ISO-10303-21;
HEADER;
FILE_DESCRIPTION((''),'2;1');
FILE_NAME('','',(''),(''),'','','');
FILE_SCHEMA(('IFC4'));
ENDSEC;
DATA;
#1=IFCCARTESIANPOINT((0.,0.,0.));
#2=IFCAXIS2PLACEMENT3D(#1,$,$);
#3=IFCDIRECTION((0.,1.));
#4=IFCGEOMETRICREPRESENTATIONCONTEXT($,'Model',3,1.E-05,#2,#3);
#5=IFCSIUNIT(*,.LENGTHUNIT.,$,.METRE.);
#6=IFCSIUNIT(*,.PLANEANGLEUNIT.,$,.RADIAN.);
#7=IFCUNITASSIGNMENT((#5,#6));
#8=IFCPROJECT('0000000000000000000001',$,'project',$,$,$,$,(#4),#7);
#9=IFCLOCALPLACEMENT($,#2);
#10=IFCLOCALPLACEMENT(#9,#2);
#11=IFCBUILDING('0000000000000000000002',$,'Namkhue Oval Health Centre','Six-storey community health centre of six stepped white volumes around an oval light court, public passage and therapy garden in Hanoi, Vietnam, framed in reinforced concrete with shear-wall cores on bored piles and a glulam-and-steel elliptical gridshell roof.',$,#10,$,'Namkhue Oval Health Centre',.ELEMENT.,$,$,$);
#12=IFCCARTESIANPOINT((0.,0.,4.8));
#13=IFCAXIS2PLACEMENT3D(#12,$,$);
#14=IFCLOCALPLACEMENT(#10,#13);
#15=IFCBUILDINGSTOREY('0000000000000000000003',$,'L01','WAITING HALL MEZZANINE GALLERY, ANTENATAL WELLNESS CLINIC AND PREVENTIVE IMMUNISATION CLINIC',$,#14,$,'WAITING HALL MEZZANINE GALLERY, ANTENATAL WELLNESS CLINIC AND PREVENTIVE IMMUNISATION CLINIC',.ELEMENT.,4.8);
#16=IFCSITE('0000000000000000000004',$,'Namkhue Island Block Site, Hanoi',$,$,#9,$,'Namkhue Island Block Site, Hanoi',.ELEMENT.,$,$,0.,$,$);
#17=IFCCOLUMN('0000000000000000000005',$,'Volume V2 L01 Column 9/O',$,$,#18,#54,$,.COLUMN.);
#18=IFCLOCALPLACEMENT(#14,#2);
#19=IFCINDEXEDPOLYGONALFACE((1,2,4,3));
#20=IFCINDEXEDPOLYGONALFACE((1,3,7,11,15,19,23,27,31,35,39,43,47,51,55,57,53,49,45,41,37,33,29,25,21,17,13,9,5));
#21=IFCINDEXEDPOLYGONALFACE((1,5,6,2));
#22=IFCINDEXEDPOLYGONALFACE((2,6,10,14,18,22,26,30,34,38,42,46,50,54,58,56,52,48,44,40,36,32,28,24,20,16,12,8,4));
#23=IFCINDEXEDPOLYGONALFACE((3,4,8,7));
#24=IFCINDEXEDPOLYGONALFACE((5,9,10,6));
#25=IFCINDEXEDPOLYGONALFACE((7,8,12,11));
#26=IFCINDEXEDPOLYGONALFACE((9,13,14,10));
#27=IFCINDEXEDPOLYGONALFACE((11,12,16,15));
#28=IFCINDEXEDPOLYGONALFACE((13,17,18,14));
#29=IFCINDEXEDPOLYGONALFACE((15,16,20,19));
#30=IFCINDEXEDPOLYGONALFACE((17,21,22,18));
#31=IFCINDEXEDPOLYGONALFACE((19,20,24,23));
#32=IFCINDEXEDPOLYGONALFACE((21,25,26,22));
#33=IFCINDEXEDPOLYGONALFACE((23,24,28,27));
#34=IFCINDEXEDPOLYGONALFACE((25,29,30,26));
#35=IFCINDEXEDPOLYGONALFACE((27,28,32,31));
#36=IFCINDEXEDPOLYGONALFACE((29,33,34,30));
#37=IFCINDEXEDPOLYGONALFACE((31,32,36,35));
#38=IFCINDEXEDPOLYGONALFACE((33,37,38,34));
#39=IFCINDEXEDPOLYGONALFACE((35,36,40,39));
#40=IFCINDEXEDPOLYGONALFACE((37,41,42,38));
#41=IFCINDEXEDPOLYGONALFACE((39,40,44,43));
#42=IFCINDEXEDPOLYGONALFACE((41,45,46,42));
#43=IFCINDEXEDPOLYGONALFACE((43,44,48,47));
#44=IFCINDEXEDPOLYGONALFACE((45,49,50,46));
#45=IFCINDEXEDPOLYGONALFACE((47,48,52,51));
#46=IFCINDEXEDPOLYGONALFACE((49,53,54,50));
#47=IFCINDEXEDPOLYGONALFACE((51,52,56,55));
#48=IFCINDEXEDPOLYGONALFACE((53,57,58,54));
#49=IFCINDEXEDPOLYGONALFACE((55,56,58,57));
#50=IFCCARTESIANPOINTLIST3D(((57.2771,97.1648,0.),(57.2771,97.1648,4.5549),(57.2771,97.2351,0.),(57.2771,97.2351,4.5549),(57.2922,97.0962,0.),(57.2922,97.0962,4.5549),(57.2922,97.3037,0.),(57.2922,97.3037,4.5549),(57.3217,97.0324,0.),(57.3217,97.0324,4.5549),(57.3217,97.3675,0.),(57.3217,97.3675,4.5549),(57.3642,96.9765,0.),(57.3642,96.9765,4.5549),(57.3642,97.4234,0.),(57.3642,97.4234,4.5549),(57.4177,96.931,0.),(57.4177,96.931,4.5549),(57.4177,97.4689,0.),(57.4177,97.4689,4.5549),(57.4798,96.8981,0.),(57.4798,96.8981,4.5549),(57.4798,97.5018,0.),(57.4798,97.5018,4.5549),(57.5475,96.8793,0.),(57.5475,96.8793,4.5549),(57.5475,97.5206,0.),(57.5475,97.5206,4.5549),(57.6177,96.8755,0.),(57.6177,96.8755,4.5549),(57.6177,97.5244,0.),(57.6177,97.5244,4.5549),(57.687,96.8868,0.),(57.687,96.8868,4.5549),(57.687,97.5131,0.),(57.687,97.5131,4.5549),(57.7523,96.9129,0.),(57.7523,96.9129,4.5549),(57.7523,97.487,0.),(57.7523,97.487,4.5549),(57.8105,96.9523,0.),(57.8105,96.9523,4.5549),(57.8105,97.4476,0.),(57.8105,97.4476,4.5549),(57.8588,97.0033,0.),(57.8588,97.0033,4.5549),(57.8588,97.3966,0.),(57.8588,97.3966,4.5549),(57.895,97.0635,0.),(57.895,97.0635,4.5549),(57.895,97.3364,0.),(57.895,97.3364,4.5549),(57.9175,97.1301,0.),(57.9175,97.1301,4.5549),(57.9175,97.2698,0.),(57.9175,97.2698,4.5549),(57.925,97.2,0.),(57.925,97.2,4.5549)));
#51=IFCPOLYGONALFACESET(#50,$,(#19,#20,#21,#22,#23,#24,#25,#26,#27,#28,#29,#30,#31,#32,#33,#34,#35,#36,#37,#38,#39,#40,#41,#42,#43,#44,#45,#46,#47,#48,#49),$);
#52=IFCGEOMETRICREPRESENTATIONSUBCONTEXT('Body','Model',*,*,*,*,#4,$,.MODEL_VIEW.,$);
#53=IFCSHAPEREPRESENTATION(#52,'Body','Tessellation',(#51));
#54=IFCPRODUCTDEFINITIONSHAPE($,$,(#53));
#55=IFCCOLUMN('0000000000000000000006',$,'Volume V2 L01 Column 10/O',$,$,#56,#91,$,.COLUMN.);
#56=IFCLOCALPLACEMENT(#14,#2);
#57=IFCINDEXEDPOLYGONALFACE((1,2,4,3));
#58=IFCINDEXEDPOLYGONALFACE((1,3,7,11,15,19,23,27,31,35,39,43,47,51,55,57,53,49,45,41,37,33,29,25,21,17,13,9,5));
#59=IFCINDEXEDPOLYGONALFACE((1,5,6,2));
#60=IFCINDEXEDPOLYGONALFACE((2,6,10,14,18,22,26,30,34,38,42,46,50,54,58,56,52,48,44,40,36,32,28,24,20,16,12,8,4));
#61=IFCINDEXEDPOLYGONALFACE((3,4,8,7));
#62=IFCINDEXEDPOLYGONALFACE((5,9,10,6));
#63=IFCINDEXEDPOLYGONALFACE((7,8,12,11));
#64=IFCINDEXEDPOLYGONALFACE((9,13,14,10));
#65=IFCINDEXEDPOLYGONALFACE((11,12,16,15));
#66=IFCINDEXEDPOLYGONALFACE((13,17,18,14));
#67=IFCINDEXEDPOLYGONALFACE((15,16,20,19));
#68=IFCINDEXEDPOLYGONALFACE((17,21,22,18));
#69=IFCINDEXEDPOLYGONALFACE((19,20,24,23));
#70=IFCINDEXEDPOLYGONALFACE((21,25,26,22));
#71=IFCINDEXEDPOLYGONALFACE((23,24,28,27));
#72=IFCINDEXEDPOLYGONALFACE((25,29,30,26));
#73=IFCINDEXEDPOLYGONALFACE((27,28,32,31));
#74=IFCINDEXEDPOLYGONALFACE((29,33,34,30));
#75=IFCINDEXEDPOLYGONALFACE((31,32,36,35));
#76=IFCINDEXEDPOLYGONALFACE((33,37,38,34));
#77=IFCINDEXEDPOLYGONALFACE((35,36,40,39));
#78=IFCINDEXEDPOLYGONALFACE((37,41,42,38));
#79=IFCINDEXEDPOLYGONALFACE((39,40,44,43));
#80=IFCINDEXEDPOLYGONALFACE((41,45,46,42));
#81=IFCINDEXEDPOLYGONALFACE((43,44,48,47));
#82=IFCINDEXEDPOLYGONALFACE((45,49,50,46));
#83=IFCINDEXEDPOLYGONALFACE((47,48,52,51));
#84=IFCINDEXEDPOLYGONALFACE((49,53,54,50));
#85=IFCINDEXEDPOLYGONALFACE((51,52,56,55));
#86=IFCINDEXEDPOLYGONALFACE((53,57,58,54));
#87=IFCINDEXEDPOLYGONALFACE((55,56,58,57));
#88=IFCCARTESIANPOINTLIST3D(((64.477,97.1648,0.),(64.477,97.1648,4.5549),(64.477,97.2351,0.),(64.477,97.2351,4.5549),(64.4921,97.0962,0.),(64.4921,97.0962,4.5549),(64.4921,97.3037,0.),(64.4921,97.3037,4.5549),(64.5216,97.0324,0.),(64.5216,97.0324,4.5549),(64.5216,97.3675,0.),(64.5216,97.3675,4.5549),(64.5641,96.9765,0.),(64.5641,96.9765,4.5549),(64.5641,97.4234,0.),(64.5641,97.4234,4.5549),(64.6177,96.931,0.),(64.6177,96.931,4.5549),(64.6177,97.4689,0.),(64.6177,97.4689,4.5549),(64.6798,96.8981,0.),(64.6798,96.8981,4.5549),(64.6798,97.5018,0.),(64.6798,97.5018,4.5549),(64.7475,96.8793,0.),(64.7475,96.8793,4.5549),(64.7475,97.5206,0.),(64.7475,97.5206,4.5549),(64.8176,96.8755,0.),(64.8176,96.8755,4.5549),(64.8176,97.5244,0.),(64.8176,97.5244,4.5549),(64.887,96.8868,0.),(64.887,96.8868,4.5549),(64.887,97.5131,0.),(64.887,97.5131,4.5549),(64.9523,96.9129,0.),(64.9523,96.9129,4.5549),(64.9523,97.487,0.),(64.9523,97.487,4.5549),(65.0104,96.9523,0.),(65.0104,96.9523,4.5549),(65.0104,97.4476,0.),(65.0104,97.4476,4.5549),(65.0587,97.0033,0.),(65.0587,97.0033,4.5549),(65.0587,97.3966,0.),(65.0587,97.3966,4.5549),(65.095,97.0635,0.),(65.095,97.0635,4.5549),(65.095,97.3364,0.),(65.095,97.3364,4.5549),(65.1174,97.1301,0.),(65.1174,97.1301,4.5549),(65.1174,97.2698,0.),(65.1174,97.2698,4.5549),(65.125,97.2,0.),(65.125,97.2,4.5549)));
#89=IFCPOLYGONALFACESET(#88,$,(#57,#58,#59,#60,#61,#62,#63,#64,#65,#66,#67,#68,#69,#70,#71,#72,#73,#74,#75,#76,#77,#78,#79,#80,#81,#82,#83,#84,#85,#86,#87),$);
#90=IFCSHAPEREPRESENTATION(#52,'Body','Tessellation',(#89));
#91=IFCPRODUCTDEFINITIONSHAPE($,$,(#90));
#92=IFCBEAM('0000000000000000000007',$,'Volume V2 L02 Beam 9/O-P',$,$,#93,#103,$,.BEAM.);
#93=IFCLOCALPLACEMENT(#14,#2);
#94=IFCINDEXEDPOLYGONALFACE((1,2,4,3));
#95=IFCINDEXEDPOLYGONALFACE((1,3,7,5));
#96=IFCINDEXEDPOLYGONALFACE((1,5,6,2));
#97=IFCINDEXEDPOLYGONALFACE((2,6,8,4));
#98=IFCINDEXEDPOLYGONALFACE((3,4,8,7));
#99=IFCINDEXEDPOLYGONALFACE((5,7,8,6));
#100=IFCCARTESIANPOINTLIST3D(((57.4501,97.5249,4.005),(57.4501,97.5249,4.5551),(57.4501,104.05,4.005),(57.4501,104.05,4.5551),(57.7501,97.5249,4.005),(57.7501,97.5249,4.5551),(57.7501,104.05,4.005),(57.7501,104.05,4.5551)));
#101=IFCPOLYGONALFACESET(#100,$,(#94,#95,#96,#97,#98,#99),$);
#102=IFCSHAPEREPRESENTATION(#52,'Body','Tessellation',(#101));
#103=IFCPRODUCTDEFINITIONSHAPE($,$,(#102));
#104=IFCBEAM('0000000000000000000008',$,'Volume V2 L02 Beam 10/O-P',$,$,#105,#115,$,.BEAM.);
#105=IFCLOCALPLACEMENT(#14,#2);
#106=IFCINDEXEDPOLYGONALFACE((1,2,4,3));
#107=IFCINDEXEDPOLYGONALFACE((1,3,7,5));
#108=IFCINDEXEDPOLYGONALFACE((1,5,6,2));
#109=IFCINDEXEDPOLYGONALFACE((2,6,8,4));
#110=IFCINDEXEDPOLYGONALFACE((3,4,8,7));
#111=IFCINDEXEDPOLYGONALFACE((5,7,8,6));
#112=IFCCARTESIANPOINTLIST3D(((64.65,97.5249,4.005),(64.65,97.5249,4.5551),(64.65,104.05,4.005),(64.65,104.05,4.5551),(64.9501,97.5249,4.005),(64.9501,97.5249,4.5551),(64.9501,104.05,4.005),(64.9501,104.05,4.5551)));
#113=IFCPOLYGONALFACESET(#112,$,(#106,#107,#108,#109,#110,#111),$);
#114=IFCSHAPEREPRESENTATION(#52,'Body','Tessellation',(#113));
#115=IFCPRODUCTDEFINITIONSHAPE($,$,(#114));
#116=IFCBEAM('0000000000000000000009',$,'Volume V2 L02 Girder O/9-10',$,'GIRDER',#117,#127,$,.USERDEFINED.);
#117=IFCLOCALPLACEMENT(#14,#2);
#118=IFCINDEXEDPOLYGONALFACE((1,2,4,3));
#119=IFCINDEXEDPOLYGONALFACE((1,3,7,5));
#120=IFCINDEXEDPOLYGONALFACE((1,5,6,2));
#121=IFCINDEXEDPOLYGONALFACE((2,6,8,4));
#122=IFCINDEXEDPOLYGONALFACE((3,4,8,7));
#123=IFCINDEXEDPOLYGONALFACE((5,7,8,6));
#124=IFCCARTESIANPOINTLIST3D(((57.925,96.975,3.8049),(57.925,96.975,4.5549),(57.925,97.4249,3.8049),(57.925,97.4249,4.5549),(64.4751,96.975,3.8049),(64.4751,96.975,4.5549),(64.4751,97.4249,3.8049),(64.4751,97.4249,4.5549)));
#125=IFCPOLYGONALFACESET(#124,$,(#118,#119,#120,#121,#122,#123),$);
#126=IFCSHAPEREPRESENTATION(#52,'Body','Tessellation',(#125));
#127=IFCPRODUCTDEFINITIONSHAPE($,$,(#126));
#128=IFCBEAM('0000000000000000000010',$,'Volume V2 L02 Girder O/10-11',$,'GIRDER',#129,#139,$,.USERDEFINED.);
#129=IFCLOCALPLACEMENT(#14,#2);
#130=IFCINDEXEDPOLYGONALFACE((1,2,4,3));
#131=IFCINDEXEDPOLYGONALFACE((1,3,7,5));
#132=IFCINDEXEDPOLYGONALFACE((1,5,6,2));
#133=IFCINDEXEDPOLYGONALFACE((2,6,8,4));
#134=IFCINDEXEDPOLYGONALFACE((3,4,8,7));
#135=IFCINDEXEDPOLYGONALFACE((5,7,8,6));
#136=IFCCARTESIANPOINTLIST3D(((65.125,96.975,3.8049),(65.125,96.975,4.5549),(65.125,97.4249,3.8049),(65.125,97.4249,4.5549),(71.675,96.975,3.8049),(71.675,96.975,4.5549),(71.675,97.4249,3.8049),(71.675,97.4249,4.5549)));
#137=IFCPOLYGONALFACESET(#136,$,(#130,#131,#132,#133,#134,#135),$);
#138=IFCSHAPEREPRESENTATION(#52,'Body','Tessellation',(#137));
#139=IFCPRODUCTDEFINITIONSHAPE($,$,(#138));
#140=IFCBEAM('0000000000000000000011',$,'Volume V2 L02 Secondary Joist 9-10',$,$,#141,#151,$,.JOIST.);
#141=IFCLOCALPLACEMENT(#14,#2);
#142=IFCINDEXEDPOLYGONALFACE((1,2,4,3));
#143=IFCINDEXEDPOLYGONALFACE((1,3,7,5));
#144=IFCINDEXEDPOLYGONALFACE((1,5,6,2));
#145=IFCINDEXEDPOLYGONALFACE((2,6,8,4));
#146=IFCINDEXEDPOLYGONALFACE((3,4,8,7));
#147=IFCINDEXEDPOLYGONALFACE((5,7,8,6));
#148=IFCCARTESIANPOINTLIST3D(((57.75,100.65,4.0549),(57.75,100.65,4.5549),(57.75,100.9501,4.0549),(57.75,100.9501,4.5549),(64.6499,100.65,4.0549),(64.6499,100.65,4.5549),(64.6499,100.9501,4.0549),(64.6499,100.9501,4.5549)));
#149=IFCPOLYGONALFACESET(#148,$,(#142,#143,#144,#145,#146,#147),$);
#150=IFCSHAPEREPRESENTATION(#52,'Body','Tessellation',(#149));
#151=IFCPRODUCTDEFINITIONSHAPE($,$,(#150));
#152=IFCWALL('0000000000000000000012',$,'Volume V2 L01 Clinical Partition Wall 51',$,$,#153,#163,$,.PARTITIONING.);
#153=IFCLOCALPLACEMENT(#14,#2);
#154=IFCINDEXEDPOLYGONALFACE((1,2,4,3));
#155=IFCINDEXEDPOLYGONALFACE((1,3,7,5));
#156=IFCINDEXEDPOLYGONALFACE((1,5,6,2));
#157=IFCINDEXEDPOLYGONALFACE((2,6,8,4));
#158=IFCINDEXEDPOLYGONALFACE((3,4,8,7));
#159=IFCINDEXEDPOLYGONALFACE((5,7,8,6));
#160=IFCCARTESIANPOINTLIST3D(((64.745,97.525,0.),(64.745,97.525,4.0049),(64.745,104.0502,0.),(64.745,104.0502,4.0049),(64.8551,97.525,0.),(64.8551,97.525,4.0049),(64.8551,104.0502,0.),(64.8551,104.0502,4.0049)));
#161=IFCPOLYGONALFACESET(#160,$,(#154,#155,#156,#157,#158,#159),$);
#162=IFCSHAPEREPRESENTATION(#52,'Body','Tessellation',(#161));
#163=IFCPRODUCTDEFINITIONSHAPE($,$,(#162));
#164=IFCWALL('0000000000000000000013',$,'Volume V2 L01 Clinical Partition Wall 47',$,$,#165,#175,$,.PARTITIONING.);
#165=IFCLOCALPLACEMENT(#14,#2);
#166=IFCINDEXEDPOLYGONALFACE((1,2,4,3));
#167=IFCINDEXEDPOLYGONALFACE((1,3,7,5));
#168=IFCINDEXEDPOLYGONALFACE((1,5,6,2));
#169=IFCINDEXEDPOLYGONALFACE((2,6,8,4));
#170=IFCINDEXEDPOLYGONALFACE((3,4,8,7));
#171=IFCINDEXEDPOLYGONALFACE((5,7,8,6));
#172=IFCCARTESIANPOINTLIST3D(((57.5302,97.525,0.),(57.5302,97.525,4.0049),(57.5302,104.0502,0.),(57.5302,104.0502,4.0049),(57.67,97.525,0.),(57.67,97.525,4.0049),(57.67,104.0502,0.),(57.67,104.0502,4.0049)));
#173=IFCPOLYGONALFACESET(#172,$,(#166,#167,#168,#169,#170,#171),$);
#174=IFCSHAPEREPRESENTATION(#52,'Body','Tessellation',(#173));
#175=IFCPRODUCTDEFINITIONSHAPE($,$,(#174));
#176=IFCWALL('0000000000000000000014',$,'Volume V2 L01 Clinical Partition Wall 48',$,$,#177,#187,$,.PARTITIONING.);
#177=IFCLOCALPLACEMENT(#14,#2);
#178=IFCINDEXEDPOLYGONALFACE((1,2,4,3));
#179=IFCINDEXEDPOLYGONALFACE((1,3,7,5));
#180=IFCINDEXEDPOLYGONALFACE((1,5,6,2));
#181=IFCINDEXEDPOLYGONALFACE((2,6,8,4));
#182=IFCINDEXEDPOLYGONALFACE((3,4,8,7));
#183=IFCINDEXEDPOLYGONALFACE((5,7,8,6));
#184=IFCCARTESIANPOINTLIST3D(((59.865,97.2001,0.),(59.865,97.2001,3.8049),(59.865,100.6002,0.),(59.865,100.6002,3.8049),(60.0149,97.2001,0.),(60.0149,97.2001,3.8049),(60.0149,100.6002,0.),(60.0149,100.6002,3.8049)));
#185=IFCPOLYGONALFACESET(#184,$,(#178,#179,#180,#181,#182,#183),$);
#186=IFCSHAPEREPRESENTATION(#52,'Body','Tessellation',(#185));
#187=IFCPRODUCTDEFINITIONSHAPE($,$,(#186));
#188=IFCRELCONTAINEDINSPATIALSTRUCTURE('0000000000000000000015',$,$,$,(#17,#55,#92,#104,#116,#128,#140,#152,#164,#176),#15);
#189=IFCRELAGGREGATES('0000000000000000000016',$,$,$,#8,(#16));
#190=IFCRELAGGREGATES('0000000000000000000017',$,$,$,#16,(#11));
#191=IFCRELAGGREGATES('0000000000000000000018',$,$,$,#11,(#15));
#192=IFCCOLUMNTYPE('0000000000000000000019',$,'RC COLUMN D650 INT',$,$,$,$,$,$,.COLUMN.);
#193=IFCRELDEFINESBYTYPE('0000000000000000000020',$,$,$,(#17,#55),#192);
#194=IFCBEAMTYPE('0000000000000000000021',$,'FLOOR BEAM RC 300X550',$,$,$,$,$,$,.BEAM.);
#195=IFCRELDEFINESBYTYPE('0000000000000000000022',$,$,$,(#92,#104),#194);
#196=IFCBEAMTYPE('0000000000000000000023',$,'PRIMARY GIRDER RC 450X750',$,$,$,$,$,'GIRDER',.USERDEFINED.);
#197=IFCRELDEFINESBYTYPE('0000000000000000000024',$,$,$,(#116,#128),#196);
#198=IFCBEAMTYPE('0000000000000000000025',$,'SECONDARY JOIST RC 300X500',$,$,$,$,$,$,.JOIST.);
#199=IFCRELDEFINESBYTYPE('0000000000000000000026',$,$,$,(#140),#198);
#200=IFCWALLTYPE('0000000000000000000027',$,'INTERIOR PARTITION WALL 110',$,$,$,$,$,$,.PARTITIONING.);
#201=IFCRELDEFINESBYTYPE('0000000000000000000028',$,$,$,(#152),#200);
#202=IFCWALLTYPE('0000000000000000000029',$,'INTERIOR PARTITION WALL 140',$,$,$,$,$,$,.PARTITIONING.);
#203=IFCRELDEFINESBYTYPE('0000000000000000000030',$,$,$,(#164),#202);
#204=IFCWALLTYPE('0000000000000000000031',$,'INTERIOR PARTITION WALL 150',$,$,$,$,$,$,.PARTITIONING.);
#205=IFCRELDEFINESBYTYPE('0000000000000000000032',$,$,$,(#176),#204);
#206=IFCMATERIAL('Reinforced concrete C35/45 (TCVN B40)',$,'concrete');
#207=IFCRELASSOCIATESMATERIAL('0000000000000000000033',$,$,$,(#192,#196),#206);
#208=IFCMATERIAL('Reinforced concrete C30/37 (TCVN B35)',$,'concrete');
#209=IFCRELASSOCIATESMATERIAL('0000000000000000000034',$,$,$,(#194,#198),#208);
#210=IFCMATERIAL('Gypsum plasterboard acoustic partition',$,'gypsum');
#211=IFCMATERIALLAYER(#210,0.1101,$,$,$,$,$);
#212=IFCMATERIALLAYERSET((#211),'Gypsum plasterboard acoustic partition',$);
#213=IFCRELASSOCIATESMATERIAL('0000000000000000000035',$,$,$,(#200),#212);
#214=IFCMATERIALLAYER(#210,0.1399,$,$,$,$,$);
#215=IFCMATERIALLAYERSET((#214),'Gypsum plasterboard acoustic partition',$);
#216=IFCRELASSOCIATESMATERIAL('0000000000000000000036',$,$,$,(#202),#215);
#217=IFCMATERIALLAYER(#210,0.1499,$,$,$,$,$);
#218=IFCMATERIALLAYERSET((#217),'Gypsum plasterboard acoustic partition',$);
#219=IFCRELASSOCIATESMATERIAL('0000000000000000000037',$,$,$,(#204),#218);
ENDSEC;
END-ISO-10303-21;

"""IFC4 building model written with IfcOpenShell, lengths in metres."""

from ifc_helpers import new_model, si_unit, direction, frame, frame_2d, origin, origin_2d, place, context, subcontext, project, spatial, rectangle, circle, extrude, material, layer, layer_set, material_profile, profile_set, type_object, element, save


model = new_model("IFC4")

# Units and contexts
model_context = context("Model", 3, precision=1e-05, world=origin(), true_north=direction((0.0, 1.0)))
body_context = subcontext(model_context, "Body", "Model", "MODEL_VIEW")
ifc_project = project(units=[si_unit("LENGTHUNIT", "METRE"), si_unit("PLANEANGLEUNIT", "RADIAN")], contexts=[model_context])

# Site, building, storey
site_placement = place(None, origin())
site = spatial("IfcSite", under=ifc_project, at=site_placement, Name="Namkhue Island Block Site, Hanoi", LongName="Namkhue Island Block Site, Hanoi", CompositionType="ELEMENT", RefElevation=0.0)
building_placement = place(site_placement, origin())
building = spatial("IfcBuilding", under=site, at=building_placement, Name="Namkhue Oval Health Centre", Description="Six-storey community health centre of six stepped white volumes around an oval light court, public passage and therapy garden in Hanoi, Vietnam, framed in reinforced concrete with shear-wall cores on bored piles and a glulam-and-steel elliptical gridshell roof.", LongName="Namkhue Oval Health Centre", CompositionType="ELEMENT")
storey_placement = place(building_placement, frame((0.0, 0.0, 4.8)))
storey = spatial("IfcBuildingStorey", under=building, at=storey_placement, Name="L01", Description="WAITING HALL MEZZANINE GALLERY, ANTENATAL WELLNESS CLINIC AND PREVENTIVE IMMUNISATION CLINIC", LongName="WAITING HALL MEZZANINE GALLERY, ANTENATAL WELLNESS CLINIC AND PREVENTIVE IMMUNISATION CLINIC", CompositionType="ELEMENT", Elevation=4.8)

# Columns
ifc_material_1 = material(Name="Reinforced concrete C35/45 (TCVN B40)", Category="concrete")
ifc_material_profile_1 = material_profile(ifc_material_1, circle(Radius=0.325, at=origin_2d()), Name="RC D650")
ifc_profile_set_1 = profile_set([ifc_material_profile_1], Name="Reinforced concrete C35/45 (TCVN B40)")
column_type = type_object("IfcColumnType", Name="RC COLUMN D650 INT", PredefinedType="COLUMN", material=ifc_profile_set_1)
for number, where, z_axis, x_axis, name in (
    (1, (57.6001, 97.2, 0.0), (0.0, 0.0, 1.0), (1.0, 0.0, 0.0), "Volume V2 L01 Column 9/O"),
    (2, (64.8, 97.2, 0.0), (0.0, 0.0, 1.0), (1.0, 0.0, 0.0), "Volume V2 L01 Column 10/O"),
):
    element("IfcColumn", number, at=place(storey_placement, frame(where, z_axis=z_axis, x_axis=x_axis)), inside=storey, type_object=column_type, Name=name, PredefinedType="COLUMN", context=body_context, shape_type="SweptSolid", body=[
        extrude(circle(Radius=0.325, at=origin_2d()), origin(), (0.0, 0.0, 1.0), 4.5549),
    ])

# Beams
ifc_material_2 = material(Name="Reinforced concrete C30/37 (TCVN B35)", Category="concrete")
ifc_material_profile_2 = material_profile(ifc_material_2, rectangle(XDim=0.3, YDim=0.55, at=origin_2d()), Name="RC 300x550")
ifc_profile_set_2 = profile_set([ifc_material_profile_2], Name="Reinforced concrete C30/37 (TCVN B35)")
beam_type_1 = type_object("IfcBeamType", Name="FLOOR BEAM RC 300X550", PredefinedType="BEAM", material=ifc_profile_set_2)
for number, where, z_axis, x_axis, name in (
    (3, (57.6001, 97.5249, 4.28), (0.0, 1.0, 0.0), (-1.0, 0.0, 0.0), "Volume V2 L02 Beam 9/O-P"),
    (4, (64.8, 97.5249, 4.28), (0.0, 1.0, 0.0), (-1.0, 0.0, 0.0), "Volume V2 L02 Beam 10/O-P"),
):
    element("IfcBeam", number, at=place(storey_placement, frame(where, z_axis=z_axis, x_axis=x_axis)), inside=storey, type_object=beam_type_1, Name=name, PredefinedType="BEAM", context=body_context, shape_type="SweptSolid", body=[
        extrude(rectangle(XDim=0.3, YDim=0.55, at=origin_2d()), origin(), (0.0, 0.0, 1.0), 6.5251),
    ])
ifc_material_profile_3 = material_profile(ifc_material_1, rectangle(XDim=0.45, YDim=0.75, at=origin_2d()), Name="RC 450x750")
ifc_profile_set_3 = profile_set([ifc_material_profile_3], Name="Reinforced concrete C35/45 (TCVN B40)")
beam_type_2 = type_object("IfcBeamType", Name="PRIMARY GIRDER RC 450X750", ElementType="GIRDER", PredefinedType="USERDEFINED", material=ifc_profile_set_3)
for number, where, z_axis, x_axis, name in (
    (5, (57.925, 97.2, 4.1799), (1.0, 0.0, 0.0), (0.0, 1.0, 0.0), "Volume V2 L02 Girder O/9-10"),
    (6, (65.125, 97.2, 4.1799), (1.0, 0.0, 0.0), (0.0, 1.0, 0.0), "Volume V2 L02 Girder O/10-11"),
):
    element("IfcBeam", number, at=place(storey_placement, frame(where, z_axis=z_axis, x_axis=x_axis)), inside=storey, type_object=beam_type_2, Name=name, ObjectType="GIRDER", PredefinedType="USERDEFINED", context=body_context, shape_type="SweptSolid", body=[
        extrude(rectangle(XDim=0.45, YDim=0.75, at=origin_2d()), origin(), (0.0, 0.0, 1.0), 6.55),
    ])
ifc_material_profile_4 = material_profile(ifc_material_2, rectangle(XDim=0.3, YDim=0.5, at=origin_2d()), Name="RC 300x500")
ifc_profile_set_4 = profile_set([ifc_material_profile_4], Name="Reinforced concrete C30/37 (TCVN B35)")
beam_type_3 = type_object("IfcBeamType", Name="SECONDARY JOIST RC 300X500", PredefinedType="JOIST", material=ifc_profile_set_4)
beam_placement = place(storey_placement, frame((57.75, 100.8, 4.3049), z_axis=(1.0, 0.0, 0.0), x_axis=(0.0, 1.0, 0.0)))
element("IfcBeam", 7, at=beam_placement, inside=storey, type_object=beam_type_3, Name="Volume V2 L02 Secondary Joist 9-10", PredefinedType="JOIST", context=body_context, shape_type="SweptSolid", body=[
    extrude(rectangle(XDim=0.3, YDim=0.5, at=origin_2d()), origin(), (0.0, 0.0, 1.0), 6.8999),
])

# Walls
ifc_material_3 = material(Name="Gypsum plasterboard acoustic partition", Category="gypsum")
ifc_layer_1 = layer(ifc_material_3, 0.1101)
ifc_layer_set_1 = layer_set([ifc_layer_1], Name="Gypsum plasterboard acoustic partition")
wall_type_1 = type_object("IfcWallType", Name="INTERIOR PARTITION WALL 110", PredefinedType="PARTITIONING", material=ifc_layer_set_1)
wall_1_placement = place(storey_placement, frame((64.8, 97.5249, 0.0), z_axis=(0.0, 0.0, 1.0), x_axis=(0.0, 1.0, 0.0)))
element("IfcWall", 8, at=wall_1_placement, inside=storey, type_object=wall_type_1, Name="Volume V2 L01 Clinical Partition Wall 51", PredefinedType="PARTITIONING", context=body_context, shape_type="SweptSolid", body=[
    extrude(rectangle(XDim=6.5251, YDim=0.1101, at=frame_2d((3.2627, 0.0))), origin(), (0.0, 0.0, 1.0), 4.0049),
])
ifc_layer_2 = layer(ifc_material_3, 0.1399)
ifc_layer_set_2 = layer_set([ifc_layer_2], Name="Gypsum plasterboard acoustic partition")
wall_type_2 = type_object("IfcWallType", Name="INTERIOR PARTITION WALL 140", PredefinedType="PARTITIONING", material=ifc_layer_set_2)
wall_2_placement = place(storey_placement, frame((57.6001, 97.5249, 0.0), z_axis=(0.0, 0.0, 1.0), x_axis=(0.0, 1.0, 0.0)))
element("IfcWall", 9, at=wall_2_placement, inside=storey, type_object=wall_type_2, Name="Volume V2 L01 Clinical Partition Wall 47", PredefinedType="PARTITIONING", context=body_context, shape_type="SweptSolid", body=[
    extrude(rectangle(XDim=6.5251, YDim=0.1399, at=frame_2d((3.2627, 0.0))), origin(), (0.0, 0.0, 1.0), 4.0049),
])
ifc_layer_3 = layer(ifc_material_3, 0.1499)
ifc_layer_set_3 = layer_set([ifc_layer_3], Name="Gypsum plasterboard acoustic partition")
wall_type_3 = type_object("IfcWallType", Name="INTERIOR PARTITION WALL 150", PredefinedType="PARTITIONING", material=ifc_layer_set_3)
wall_3_placement = place(storey_placement, frame((59.9399, 97.2, 0.0), z_axis=(0.0, 0.0, 1.0), x_axis=(0.0, 1.0, 0.0)))
element("IfcWall", 10, at=wall_3_placement, inside=storey, type_object=wall_type_3, Name="Volume V2 L01 Clinical Partition Wall 48", PredefinedType="PARTITIONING", context=body_context, shape_type="SweptSolid", body=[
    extrude(rectangle(XDim=3.4001, YDim=0.1499, at=frame_2d((1.7002, 0.0))), origin(), (0.0, 0.0, 1.0), 3.8049),
])

save(model, "model.ifc")
